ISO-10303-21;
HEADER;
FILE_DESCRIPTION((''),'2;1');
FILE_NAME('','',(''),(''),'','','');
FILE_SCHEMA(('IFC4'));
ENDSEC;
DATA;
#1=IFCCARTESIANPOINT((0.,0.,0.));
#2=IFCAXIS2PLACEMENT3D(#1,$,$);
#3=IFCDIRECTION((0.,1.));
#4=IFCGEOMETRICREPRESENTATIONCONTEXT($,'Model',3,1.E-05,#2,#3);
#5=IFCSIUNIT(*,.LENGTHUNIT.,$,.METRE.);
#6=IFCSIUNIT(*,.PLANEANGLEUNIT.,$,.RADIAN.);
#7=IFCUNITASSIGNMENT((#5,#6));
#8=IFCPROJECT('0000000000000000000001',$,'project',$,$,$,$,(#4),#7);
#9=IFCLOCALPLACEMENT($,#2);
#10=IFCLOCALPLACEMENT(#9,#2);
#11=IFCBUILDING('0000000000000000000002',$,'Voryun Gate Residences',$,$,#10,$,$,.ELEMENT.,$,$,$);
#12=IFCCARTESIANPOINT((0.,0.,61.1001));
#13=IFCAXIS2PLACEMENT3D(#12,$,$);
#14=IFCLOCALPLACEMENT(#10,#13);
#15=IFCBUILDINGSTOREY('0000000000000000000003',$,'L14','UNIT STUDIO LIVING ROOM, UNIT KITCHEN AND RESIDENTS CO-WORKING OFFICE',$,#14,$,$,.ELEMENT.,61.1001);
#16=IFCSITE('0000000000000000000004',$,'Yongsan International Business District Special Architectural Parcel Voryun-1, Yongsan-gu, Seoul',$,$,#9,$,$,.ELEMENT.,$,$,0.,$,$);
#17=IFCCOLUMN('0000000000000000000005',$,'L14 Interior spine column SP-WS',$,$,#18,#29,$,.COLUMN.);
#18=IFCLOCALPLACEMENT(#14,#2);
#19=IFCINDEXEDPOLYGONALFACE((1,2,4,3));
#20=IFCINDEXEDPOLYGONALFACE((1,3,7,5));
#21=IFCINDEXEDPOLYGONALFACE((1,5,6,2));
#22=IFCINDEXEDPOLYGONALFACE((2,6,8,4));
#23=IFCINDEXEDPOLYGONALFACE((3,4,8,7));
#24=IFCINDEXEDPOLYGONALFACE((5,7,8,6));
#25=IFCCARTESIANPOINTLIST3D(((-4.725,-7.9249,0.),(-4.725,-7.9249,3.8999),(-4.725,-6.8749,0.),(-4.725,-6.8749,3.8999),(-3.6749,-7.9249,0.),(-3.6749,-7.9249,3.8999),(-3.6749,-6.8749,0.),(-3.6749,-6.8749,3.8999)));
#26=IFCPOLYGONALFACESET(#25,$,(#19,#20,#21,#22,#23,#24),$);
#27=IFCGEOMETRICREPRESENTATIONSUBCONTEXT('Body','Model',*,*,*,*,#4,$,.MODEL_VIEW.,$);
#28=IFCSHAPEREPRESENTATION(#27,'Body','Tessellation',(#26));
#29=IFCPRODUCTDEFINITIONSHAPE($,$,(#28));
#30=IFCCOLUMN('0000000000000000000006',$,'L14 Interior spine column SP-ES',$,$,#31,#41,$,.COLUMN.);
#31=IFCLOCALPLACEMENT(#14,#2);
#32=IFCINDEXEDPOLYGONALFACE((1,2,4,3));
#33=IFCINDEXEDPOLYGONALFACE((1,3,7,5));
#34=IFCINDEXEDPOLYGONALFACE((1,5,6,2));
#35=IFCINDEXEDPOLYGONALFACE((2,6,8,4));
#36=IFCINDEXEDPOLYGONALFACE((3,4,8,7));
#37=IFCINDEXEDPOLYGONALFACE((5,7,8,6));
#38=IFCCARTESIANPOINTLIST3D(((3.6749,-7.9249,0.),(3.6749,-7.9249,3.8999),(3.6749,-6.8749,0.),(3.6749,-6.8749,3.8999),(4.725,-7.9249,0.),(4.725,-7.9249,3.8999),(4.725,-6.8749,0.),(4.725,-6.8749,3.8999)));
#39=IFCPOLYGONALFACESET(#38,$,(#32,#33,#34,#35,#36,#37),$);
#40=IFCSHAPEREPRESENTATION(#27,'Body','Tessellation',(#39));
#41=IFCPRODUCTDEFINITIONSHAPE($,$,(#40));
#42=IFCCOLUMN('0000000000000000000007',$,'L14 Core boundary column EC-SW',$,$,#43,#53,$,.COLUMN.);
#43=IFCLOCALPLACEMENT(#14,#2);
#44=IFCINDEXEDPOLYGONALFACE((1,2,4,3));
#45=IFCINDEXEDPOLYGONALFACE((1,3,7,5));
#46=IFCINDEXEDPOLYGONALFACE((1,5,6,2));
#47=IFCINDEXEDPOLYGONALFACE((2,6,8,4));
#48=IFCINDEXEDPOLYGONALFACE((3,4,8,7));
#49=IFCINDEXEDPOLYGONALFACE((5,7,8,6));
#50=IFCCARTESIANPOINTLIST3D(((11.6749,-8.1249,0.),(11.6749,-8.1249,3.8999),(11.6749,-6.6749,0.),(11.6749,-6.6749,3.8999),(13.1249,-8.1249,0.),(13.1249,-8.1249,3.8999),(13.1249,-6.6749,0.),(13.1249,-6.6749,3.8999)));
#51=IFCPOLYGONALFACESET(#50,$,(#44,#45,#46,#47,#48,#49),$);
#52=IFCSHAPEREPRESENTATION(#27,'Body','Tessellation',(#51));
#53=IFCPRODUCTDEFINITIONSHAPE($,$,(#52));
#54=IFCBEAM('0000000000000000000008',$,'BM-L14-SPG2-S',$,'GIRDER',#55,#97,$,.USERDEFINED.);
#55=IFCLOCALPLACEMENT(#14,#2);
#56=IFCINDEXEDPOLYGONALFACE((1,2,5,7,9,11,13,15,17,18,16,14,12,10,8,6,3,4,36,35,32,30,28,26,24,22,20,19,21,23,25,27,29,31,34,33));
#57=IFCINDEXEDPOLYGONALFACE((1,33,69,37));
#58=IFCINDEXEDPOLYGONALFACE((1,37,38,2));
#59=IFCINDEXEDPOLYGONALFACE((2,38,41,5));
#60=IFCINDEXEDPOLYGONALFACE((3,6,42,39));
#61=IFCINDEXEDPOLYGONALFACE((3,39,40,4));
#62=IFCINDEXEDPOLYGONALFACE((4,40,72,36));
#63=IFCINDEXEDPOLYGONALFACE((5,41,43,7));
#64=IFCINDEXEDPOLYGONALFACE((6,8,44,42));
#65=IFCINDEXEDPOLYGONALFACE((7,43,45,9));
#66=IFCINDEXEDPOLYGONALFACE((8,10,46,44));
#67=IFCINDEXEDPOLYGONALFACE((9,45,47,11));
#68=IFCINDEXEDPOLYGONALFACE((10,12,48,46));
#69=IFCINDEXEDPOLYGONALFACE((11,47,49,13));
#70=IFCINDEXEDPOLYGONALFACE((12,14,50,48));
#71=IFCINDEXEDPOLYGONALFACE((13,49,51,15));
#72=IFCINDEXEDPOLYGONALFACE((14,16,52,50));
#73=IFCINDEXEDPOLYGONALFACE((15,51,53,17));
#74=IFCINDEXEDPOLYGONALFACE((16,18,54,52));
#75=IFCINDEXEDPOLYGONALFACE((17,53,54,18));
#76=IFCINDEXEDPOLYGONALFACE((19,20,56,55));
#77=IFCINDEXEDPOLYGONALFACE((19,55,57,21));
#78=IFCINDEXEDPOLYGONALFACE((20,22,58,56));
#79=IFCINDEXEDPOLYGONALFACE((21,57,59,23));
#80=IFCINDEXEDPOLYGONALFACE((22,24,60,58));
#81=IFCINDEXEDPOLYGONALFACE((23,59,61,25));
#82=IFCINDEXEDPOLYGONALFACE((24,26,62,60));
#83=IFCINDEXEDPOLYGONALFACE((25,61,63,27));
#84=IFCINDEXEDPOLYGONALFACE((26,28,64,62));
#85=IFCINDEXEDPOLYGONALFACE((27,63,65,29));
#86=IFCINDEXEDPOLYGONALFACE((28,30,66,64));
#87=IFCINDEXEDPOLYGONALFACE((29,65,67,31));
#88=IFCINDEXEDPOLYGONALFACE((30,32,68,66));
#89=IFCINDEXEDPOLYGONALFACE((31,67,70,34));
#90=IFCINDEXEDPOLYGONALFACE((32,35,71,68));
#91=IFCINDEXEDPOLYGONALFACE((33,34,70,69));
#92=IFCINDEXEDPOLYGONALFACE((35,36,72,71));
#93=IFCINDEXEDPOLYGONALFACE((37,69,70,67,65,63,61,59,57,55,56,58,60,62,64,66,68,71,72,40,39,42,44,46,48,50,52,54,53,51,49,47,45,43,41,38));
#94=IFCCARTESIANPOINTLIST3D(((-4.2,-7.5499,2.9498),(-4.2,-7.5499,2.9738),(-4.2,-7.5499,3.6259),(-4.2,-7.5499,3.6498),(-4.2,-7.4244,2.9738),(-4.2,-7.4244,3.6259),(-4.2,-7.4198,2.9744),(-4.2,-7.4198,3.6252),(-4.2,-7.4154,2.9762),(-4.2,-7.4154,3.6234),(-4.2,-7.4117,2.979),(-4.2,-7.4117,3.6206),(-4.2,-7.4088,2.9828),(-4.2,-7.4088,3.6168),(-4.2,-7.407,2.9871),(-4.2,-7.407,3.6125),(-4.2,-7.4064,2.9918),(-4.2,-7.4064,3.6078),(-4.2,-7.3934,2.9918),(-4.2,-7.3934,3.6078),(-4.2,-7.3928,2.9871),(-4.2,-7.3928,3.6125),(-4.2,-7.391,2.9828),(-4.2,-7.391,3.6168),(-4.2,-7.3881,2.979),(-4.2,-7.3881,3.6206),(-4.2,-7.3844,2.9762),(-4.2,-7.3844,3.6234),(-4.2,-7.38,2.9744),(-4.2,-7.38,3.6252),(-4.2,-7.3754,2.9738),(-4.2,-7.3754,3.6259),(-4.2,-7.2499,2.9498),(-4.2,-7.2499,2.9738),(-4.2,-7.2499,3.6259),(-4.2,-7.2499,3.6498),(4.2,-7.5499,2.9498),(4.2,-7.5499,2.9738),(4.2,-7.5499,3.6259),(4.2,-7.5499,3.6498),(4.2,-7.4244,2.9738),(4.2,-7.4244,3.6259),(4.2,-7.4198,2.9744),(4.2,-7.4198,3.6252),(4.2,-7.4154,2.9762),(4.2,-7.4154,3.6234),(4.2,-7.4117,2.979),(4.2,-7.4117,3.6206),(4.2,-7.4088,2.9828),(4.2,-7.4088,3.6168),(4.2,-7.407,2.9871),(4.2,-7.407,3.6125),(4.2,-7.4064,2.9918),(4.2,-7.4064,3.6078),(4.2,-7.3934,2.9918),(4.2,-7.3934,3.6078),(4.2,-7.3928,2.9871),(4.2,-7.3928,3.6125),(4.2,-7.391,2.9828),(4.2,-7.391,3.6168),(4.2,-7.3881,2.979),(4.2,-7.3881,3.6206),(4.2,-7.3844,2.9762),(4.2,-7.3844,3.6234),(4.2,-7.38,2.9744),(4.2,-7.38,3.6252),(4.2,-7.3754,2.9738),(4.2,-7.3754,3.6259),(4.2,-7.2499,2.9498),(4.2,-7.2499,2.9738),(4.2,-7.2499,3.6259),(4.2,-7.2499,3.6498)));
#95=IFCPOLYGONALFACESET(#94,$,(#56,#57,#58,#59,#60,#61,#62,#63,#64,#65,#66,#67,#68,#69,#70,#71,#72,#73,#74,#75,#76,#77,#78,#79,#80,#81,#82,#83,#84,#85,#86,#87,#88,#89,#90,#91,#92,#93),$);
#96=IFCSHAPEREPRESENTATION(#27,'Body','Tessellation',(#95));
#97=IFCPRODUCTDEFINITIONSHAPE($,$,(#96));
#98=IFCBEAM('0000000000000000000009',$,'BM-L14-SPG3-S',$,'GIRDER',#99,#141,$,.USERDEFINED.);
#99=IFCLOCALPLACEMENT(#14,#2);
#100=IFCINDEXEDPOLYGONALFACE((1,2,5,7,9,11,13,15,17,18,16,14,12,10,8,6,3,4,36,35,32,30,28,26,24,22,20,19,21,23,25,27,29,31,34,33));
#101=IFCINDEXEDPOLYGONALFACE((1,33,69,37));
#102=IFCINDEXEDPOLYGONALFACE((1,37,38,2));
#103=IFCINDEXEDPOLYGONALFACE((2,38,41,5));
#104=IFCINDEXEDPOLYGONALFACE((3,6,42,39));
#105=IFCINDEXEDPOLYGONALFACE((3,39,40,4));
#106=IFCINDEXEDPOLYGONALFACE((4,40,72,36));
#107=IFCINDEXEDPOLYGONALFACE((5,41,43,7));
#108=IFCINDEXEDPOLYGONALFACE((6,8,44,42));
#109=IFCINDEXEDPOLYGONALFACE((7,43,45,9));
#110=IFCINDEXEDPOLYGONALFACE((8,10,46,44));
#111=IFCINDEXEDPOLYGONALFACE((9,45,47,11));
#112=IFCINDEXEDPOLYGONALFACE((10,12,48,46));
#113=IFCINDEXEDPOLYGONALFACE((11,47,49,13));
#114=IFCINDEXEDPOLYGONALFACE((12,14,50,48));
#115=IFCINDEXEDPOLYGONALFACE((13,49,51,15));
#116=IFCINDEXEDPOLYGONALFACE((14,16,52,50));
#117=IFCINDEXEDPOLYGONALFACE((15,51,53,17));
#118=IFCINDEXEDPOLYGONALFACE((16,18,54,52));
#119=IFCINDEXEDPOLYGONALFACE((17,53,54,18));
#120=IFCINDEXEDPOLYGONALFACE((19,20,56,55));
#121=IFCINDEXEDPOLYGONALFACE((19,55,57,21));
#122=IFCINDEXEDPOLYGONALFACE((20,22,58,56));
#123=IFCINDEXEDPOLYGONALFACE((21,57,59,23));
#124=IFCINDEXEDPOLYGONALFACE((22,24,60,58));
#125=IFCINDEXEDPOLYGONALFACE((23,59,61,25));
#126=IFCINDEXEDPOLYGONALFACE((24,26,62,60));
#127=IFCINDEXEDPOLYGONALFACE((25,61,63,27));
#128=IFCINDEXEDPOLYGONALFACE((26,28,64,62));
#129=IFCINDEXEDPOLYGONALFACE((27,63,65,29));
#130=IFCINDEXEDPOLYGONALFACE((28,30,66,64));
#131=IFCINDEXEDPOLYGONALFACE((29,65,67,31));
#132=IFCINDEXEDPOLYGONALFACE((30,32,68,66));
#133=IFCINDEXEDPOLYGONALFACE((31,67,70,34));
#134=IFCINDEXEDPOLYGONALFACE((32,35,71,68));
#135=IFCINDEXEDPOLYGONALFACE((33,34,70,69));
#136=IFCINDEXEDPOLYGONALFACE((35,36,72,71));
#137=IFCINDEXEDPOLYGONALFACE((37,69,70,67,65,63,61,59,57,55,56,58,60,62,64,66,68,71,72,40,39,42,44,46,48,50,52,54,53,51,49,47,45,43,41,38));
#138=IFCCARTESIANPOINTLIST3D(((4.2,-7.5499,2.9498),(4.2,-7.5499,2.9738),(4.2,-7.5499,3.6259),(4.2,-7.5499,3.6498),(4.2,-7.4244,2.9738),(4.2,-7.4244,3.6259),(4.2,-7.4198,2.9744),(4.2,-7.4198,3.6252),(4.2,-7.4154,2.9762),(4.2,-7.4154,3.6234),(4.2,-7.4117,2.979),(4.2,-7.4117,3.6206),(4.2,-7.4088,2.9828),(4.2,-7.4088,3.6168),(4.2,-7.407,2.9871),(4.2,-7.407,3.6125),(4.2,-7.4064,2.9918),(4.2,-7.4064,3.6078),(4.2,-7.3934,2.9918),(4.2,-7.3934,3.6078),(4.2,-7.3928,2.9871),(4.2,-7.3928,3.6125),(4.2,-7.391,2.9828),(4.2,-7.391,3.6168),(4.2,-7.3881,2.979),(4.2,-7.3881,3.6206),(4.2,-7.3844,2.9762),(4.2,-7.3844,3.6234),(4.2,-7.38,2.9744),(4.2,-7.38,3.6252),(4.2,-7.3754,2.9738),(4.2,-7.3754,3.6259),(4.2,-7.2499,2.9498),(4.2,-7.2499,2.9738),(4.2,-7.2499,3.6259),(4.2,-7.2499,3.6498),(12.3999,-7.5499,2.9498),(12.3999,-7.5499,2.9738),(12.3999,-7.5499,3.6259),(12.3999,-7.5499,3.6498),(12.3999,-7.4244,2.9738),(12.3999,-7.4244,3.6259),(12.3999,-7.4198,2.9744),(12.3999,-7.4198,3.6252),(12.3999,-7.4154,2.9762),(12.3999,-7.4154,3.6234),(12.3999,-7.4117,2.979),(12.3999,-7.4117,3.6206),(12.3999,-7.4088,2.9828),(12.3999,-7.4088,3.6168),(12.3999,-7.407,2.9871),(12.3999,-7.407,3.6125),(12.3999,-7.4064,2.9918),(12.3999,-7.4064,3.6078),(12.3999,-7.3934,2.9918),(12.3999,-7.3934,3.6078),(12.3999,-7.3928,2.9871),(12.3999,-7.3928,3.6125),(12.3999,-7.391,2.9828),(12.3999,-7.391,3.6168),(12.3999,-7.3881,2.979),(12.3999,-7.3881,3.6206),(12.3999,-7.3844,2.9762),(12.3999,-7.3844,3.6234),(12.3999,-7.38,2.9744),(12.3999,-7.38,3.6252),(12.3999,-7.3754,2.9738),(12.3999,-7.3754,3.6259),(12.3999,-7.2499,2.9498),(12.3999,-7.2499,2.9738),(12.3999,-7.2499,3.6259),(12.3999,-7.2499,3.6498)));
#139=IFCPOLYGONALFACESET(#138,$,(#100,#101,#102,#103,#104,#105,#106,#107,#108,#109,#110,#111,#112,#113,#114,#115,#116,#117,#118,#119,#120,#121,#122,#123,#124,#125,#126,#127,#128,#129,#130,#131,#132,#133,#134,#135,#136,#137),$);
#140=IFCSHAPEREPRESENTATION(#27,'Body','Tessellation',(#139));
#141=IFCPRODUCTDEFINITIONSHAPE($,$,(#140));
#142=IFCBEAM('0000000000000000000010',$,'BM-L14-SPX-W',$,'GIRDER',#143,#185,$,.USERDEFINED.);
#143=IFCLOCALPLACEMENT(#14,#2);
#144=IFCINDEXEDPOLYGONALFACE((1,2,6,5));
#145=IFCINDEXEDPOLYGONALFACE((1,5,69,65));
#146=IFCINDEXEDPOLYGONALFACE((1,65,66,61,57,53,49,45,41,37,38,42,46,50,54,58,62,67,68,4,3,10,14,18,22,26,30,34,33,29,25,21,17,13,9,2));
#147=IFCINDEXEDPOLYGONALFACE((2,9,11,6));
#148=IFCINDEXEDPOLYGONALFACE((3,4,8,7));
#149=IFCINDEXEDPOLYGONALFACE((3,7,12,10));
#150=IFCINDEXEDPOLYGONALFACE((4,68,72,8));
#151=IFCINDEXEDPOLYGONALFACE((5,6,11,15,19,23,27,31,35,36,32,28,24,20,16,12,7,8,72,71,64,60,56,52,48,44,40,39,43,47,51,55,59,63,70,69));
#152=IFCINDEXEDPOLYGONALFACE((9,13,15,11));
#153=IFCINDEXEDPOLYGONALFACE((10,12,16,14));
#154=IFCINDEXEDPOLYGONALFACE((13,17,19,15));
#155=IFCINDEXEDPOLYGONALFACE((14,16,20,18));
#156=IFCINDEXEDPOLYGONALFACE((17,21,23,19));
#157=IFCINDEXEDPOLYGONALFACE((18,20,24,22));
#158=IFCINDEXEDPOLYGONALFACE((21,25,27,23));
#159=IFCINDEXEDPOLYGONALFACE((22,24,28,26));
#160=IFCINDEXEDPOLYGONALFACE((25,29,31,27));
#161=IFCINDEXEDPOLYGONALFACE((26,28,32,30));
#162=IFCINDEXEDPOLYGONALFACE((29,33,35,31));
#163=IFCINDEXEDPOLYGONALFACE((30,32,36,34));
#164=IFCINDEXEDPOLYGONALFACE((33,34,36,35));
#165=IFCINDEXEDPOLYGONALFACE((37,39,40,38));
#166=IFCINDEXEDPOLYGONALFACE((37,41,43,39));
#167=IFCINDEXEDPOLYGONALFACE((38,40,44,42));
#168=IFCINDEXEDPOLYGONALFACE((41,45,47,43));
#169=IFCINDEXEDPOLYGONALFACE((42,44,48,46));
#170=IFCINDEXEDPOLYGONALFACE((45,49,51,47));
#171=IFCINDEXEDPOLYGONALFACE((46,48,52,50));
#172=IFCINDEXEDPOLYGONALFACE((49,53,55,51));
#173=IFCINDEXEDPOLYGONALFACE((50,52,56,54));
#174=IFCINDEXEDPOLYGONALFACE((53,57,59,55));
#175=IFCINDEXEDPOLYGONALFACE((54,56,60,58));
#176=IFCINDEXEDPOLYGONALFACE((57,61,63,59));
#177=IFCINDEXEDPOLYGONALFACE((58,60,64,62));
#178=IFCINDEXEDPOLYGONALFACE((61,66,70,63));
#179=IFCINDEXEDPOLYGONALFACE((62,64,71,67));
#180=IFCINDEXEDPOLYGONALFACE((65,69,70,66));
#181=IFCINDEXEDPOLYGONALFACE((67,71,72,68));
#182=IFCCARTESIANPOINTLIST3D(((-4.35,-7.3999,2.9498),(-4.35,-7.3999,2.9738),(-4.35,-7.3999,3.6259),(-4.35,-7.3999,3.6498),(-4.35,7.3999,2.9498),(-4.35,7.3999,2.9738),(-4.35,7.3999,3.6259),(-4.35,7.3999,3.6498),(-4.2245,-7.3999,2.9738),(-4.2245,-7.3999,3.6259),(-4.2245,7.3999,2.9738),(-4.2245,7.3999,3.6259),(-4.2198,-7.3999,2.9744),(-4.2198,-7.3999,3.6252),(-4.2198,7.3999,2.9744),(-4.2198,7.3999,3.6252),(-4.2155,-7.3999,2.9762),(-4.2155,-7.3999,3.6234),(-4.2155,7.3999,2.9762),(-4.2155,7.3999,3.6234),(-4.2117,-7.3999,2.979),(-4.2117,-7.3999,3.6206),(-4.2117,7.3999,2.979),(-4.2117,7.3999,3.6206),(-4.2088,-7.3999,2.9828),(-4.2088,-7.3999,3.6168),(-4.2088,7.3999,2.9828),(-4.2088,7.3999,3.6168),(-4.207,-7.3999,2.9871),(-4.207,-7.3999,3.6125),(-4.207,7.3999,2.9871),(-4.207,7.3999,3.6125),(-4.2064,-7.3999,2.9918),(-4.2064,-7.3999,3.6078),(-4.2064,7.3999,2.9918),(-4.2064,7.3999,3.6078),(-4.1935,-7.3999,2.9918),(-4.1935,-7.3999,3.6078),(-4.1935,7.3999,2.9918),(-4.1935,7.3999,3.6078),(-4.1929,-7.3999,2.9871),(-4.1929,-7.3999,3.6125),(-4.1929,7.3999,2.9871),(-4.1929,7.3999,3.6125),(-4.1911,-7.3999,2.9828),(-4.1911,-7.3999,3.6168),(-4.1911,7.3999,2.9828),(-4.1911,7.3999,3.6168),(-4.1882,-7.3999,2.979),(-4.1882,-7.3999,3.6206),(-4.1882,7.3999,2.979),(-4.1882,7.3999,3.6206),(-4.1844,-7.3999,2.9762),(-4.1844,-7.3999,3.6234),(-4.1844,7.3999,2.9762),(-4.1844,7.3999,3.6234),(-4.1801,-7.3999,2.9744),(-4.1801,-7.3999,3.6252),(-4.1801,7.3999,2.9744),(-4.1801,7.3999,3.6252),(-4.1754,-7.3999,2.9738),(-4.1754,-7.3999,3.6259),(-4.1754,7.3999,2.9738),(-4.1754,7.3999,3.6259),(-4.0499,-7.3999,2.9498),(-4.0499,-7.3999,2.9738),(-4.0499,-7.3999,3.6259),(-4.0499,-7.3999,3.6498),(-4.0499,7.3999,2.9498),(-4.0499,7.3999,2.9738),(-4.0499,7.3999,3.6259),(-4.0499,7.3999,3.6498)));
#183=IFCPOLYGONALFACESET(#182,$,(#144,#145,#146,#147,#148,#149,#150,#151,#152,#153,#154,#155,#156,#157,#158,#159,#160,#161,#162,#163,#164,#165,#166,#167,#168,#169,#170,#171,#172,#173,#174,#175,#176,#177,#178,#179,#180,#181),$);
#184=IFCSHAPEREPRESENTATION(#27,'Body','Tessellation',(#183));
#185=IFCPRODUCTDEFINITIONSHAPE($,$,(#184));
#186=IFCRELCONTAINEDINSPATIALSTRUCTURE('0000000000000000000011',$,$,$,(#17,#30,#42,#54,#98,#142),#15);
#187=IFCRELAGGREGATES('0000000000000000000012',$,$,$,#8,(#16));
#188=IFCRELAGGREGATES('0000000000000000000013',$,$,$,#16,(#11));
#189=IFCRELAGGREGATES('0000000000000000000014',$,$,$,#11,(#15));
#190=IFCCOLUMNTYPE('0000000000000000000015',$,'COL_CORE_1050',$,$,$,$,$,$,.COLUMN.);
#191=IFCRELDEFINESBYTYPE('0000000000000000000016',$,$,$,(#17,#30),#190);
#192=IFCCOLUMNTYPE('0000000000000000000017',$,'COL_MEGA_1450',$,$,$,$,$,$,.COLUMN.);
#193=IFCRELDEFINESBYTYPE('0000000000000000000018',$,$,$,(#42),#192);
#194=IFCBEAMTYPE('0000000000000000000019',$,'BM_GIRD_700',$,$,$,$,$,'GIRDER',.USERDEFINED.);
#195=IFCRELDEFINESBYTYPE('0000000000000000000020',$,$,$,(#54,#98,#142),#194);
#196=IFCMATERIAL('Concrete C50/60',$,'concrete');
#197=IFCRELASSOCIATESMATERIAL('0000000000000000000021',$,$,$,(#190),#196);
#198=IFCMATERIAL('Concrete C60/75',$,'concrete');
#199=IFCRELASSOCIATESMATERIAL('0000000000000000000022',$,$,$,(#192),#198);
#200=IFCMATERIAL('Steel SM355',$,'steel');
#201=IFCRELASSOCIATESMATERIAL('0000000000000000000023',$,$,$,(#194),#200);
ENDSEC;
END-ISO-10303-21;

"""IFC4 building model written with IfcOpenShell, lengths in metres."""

from ifc_helpers import new_model, si_unit, direction, frame, origin, origin_2d, place, context, subcontext, project, spatial, rectangle, i_section, extrude, material, material_profile, profile_set, type_object, element, save


model = new_model("IFC4")

# Units and contexts
model_context = context("Model", 3, precision=1e-05, world=origin(), true_north=direction((0.0, 1.0)))
body_context = subcontext(model_context, "Body", "Model", "MODEL_VIEW")
ifc_project = project(units=[si_unit("LENGTHUNIT", "METRE"), si_unit("PLANEANGLEUNIT", "RADIAN")], contexts=[model_context])

# Site, building, storey
site_placement = place(None, origin())
site = spatial("IfcSite", under=ifc_project, at=site_placement, Name="Yongsan International Business District Special Architectural Parcel Voryun-1, Yongsan-gu, Seoul", CompositionType="ELEMENT", RefElevation=0.0)
building_placement = place(site_placement, origin())
building = spatial("IfcBuilding", under=site, at=building_placement, Name="Voryun Gate Residences", CompositionType="ELEMENT")
storey_placement = place(building_placement, frame((0.0, 0.0, 61.1001)))
storey = spatial("IfcBuildingStorey", under=building, at=storey_placement, Name="L14", Description="UNIT STUDIO LIVING ROOM, UNIT KITCHEN AND RESIDENTS CO-WORKING OFFICE", CompositionType="ELEMENT", Elevation=61.1001)

# Columns
ifc_material_1 = material(Name="Concrete C50/60", Category="concrete")
ifc_material_profile_1 = material_profile(ifc_material_1, rectangle(XDim=1.05, YDim=1.05, at=origin_2d()), Name="RC-1050x1050")
ifc_profile_set_1 = profile_set([ifc_material_profile_1], Name="Concrete C50/60")
column_type_1 = type_object("IfcColumnType", Name="COL_CORE_1050", PredefinedType="COLUMN", material=ifc_profile_set_1)
for number, where, z_axis, x_axis, name in (
    (1, (-4.2, -7.3999, 0.0), (0.0, 0.0, 1.0), (1.0, 0.0, 0.0), "L14 Interior spine column SP-WS"),
    (2, (4.2, -7.3999, 0.0), (0.0, 0.0, 1.0), (1.0, 0.0, 0.0), "L14 Interior spine column SP-ES"),
):
    element("IfcColumn", number, at=place(storey_placement, frame(where, z_axis=z_axis, x_axis=x_axis)), inside=storey, type_object=column_type_1, Name=name, PredefinedType="COLUMN", context=body_context, shape_type="SweptSolid", body=[
        extrude(rectangle(XDim=1.05, YDim=1.05, at=origin_2d()), origin(), (0.0, 0.0, 1.0), 3.8999),
    ])
ifc_material_2 = material(Name="Concrete C60/75", Category="concrete")
ifc_material_profile_2 = material_profile(ifc_material_2, rectangle(XDim=1.45, YDim=1.45, at=origin_2d()), Name="RC-1450x1450")
ifc_profile_set_2 = profile_set([ifc_material_profile_2], Name="Concrete C60/75")
column_type_2 = type_object("IfcColumnType", Name="COL_MEGA_1450", PredefinedType="COLUMN", material=ifc_profile_set_2)
column_placement = place(storey_placement, frame((12.3999, -7.3999, 0.0), z_axis=(0.0, 0.0, 1.0), x_axis=(1.0, 0.0, 0.0)))
element("IfcColumn", 3, at=column_placement, inside=storey, type_object=column_type_2, Name="L14 Core boundary column EC-SW", PredefinedType="COLUMN", context=body_context, shape_type="SweptSolid", body=[
    extrude(rectangle(XDim=1.45, YDim=1.45, at=origin_2d()), origin(), (0.0, 0.0, 1.0), 3.8999),
])

# Beams
ifc_material_3 = material(Name="Steel SM355", Category="steel")
ifc_material_profile_3 = material_profile(ifc_material_3, i_section(OverallWidth=0.3, OverallDepth=0.7, WebThickness=0.0129, FlangeThickness=0.0239, FilletRadius=0.0181, at=origin_2d()), Name="H-700x300x13x24")
ifc_profile_set_3 = profile_set([ifc_material_profile_3], Name="Steel SM355")
beam_type_1 = type_object("IfcBeamType", Name="BM_GIRD_700", ElementType="GIRDER", PredefinedType="USERDEFINED", material=ifc_profile_set_3)
beam_1_placement = place(storey_placement, frame((-4.2, -7.3999, 3.2998), z_axis=(1.0, 0.0, 0.0), x_axis=(0.0, 1.0, 0.0)))
element("IfcBeam", 4, at=beam_1_placement, inside=storey, type_object=beam_type_1, Name="BM-L14-SPG2-S", ObjectType="GIRDER", PredefinedType="USERDEFINED", context=body_context, shape_type="SweptSolid", body=[
    extrude(i_section(OverallWidth=0.3, OverallDepth=0.7, WebThickness=0.0129, FlangeThickness=0.0239, FilletRadius=0.0181, at=origin_2d()), origin(), (0.0, 0.0, 1.0), 8.3999),
])
beam_2_placement = place(storey_placement, frame((4.2, -7.3999, 3.2998), z_axis=(1.0, 0.0, 0.0), x_axis=(0.0, 1.0, 0.0)))
element("IfcBeam", 5, at=beam_2_placement, inside=storey, type_object=beam_type_1, Name="BM-L14-SPG3-S", ObjectType="GIRDER", PredefinedType="USERDEFINED", context=body_context, shape_type="SweptSolid", body=[
    extrude(i_section(OverallWidth=0.3, OverallDepth=0.7, WebThickness=0.0129, FlangeThickness=0.0239, FilletRadius=0.0181, at=origin_2d()), origin(), (0.0, 0.0, 1.0), 8.2),
])
for number, where, z_axis, x_axis, name in (
    (6, (-4.2, -7.3999, 3.2998), (0.0, 1.0, 0.0), (-1.0, 0.0, 0.0), "BM-L14-SPX-W"),
):
    element("IfcBeam", number, at=place(storey_placement, frame(where, z_axis=z_axis, x_axis=x_axis)), inside=storey, type_object=beam_type_1, Name=name, ObjectType="GIRDER", PredefinedType="USERDEFINED", context=body_context, shape_type="SweptSolid", body=[
        extrude(i_section(OverallWidth=0.3, OverallDepth=0.7, WebThickness=0.0129, FlangeThickness=0.0239, FilletRadius=0.0181, at=origin_2d()), origin(), (0.0, 0.0, 1.0), 14.7998),
    ])

save(model, "model.ifc")
